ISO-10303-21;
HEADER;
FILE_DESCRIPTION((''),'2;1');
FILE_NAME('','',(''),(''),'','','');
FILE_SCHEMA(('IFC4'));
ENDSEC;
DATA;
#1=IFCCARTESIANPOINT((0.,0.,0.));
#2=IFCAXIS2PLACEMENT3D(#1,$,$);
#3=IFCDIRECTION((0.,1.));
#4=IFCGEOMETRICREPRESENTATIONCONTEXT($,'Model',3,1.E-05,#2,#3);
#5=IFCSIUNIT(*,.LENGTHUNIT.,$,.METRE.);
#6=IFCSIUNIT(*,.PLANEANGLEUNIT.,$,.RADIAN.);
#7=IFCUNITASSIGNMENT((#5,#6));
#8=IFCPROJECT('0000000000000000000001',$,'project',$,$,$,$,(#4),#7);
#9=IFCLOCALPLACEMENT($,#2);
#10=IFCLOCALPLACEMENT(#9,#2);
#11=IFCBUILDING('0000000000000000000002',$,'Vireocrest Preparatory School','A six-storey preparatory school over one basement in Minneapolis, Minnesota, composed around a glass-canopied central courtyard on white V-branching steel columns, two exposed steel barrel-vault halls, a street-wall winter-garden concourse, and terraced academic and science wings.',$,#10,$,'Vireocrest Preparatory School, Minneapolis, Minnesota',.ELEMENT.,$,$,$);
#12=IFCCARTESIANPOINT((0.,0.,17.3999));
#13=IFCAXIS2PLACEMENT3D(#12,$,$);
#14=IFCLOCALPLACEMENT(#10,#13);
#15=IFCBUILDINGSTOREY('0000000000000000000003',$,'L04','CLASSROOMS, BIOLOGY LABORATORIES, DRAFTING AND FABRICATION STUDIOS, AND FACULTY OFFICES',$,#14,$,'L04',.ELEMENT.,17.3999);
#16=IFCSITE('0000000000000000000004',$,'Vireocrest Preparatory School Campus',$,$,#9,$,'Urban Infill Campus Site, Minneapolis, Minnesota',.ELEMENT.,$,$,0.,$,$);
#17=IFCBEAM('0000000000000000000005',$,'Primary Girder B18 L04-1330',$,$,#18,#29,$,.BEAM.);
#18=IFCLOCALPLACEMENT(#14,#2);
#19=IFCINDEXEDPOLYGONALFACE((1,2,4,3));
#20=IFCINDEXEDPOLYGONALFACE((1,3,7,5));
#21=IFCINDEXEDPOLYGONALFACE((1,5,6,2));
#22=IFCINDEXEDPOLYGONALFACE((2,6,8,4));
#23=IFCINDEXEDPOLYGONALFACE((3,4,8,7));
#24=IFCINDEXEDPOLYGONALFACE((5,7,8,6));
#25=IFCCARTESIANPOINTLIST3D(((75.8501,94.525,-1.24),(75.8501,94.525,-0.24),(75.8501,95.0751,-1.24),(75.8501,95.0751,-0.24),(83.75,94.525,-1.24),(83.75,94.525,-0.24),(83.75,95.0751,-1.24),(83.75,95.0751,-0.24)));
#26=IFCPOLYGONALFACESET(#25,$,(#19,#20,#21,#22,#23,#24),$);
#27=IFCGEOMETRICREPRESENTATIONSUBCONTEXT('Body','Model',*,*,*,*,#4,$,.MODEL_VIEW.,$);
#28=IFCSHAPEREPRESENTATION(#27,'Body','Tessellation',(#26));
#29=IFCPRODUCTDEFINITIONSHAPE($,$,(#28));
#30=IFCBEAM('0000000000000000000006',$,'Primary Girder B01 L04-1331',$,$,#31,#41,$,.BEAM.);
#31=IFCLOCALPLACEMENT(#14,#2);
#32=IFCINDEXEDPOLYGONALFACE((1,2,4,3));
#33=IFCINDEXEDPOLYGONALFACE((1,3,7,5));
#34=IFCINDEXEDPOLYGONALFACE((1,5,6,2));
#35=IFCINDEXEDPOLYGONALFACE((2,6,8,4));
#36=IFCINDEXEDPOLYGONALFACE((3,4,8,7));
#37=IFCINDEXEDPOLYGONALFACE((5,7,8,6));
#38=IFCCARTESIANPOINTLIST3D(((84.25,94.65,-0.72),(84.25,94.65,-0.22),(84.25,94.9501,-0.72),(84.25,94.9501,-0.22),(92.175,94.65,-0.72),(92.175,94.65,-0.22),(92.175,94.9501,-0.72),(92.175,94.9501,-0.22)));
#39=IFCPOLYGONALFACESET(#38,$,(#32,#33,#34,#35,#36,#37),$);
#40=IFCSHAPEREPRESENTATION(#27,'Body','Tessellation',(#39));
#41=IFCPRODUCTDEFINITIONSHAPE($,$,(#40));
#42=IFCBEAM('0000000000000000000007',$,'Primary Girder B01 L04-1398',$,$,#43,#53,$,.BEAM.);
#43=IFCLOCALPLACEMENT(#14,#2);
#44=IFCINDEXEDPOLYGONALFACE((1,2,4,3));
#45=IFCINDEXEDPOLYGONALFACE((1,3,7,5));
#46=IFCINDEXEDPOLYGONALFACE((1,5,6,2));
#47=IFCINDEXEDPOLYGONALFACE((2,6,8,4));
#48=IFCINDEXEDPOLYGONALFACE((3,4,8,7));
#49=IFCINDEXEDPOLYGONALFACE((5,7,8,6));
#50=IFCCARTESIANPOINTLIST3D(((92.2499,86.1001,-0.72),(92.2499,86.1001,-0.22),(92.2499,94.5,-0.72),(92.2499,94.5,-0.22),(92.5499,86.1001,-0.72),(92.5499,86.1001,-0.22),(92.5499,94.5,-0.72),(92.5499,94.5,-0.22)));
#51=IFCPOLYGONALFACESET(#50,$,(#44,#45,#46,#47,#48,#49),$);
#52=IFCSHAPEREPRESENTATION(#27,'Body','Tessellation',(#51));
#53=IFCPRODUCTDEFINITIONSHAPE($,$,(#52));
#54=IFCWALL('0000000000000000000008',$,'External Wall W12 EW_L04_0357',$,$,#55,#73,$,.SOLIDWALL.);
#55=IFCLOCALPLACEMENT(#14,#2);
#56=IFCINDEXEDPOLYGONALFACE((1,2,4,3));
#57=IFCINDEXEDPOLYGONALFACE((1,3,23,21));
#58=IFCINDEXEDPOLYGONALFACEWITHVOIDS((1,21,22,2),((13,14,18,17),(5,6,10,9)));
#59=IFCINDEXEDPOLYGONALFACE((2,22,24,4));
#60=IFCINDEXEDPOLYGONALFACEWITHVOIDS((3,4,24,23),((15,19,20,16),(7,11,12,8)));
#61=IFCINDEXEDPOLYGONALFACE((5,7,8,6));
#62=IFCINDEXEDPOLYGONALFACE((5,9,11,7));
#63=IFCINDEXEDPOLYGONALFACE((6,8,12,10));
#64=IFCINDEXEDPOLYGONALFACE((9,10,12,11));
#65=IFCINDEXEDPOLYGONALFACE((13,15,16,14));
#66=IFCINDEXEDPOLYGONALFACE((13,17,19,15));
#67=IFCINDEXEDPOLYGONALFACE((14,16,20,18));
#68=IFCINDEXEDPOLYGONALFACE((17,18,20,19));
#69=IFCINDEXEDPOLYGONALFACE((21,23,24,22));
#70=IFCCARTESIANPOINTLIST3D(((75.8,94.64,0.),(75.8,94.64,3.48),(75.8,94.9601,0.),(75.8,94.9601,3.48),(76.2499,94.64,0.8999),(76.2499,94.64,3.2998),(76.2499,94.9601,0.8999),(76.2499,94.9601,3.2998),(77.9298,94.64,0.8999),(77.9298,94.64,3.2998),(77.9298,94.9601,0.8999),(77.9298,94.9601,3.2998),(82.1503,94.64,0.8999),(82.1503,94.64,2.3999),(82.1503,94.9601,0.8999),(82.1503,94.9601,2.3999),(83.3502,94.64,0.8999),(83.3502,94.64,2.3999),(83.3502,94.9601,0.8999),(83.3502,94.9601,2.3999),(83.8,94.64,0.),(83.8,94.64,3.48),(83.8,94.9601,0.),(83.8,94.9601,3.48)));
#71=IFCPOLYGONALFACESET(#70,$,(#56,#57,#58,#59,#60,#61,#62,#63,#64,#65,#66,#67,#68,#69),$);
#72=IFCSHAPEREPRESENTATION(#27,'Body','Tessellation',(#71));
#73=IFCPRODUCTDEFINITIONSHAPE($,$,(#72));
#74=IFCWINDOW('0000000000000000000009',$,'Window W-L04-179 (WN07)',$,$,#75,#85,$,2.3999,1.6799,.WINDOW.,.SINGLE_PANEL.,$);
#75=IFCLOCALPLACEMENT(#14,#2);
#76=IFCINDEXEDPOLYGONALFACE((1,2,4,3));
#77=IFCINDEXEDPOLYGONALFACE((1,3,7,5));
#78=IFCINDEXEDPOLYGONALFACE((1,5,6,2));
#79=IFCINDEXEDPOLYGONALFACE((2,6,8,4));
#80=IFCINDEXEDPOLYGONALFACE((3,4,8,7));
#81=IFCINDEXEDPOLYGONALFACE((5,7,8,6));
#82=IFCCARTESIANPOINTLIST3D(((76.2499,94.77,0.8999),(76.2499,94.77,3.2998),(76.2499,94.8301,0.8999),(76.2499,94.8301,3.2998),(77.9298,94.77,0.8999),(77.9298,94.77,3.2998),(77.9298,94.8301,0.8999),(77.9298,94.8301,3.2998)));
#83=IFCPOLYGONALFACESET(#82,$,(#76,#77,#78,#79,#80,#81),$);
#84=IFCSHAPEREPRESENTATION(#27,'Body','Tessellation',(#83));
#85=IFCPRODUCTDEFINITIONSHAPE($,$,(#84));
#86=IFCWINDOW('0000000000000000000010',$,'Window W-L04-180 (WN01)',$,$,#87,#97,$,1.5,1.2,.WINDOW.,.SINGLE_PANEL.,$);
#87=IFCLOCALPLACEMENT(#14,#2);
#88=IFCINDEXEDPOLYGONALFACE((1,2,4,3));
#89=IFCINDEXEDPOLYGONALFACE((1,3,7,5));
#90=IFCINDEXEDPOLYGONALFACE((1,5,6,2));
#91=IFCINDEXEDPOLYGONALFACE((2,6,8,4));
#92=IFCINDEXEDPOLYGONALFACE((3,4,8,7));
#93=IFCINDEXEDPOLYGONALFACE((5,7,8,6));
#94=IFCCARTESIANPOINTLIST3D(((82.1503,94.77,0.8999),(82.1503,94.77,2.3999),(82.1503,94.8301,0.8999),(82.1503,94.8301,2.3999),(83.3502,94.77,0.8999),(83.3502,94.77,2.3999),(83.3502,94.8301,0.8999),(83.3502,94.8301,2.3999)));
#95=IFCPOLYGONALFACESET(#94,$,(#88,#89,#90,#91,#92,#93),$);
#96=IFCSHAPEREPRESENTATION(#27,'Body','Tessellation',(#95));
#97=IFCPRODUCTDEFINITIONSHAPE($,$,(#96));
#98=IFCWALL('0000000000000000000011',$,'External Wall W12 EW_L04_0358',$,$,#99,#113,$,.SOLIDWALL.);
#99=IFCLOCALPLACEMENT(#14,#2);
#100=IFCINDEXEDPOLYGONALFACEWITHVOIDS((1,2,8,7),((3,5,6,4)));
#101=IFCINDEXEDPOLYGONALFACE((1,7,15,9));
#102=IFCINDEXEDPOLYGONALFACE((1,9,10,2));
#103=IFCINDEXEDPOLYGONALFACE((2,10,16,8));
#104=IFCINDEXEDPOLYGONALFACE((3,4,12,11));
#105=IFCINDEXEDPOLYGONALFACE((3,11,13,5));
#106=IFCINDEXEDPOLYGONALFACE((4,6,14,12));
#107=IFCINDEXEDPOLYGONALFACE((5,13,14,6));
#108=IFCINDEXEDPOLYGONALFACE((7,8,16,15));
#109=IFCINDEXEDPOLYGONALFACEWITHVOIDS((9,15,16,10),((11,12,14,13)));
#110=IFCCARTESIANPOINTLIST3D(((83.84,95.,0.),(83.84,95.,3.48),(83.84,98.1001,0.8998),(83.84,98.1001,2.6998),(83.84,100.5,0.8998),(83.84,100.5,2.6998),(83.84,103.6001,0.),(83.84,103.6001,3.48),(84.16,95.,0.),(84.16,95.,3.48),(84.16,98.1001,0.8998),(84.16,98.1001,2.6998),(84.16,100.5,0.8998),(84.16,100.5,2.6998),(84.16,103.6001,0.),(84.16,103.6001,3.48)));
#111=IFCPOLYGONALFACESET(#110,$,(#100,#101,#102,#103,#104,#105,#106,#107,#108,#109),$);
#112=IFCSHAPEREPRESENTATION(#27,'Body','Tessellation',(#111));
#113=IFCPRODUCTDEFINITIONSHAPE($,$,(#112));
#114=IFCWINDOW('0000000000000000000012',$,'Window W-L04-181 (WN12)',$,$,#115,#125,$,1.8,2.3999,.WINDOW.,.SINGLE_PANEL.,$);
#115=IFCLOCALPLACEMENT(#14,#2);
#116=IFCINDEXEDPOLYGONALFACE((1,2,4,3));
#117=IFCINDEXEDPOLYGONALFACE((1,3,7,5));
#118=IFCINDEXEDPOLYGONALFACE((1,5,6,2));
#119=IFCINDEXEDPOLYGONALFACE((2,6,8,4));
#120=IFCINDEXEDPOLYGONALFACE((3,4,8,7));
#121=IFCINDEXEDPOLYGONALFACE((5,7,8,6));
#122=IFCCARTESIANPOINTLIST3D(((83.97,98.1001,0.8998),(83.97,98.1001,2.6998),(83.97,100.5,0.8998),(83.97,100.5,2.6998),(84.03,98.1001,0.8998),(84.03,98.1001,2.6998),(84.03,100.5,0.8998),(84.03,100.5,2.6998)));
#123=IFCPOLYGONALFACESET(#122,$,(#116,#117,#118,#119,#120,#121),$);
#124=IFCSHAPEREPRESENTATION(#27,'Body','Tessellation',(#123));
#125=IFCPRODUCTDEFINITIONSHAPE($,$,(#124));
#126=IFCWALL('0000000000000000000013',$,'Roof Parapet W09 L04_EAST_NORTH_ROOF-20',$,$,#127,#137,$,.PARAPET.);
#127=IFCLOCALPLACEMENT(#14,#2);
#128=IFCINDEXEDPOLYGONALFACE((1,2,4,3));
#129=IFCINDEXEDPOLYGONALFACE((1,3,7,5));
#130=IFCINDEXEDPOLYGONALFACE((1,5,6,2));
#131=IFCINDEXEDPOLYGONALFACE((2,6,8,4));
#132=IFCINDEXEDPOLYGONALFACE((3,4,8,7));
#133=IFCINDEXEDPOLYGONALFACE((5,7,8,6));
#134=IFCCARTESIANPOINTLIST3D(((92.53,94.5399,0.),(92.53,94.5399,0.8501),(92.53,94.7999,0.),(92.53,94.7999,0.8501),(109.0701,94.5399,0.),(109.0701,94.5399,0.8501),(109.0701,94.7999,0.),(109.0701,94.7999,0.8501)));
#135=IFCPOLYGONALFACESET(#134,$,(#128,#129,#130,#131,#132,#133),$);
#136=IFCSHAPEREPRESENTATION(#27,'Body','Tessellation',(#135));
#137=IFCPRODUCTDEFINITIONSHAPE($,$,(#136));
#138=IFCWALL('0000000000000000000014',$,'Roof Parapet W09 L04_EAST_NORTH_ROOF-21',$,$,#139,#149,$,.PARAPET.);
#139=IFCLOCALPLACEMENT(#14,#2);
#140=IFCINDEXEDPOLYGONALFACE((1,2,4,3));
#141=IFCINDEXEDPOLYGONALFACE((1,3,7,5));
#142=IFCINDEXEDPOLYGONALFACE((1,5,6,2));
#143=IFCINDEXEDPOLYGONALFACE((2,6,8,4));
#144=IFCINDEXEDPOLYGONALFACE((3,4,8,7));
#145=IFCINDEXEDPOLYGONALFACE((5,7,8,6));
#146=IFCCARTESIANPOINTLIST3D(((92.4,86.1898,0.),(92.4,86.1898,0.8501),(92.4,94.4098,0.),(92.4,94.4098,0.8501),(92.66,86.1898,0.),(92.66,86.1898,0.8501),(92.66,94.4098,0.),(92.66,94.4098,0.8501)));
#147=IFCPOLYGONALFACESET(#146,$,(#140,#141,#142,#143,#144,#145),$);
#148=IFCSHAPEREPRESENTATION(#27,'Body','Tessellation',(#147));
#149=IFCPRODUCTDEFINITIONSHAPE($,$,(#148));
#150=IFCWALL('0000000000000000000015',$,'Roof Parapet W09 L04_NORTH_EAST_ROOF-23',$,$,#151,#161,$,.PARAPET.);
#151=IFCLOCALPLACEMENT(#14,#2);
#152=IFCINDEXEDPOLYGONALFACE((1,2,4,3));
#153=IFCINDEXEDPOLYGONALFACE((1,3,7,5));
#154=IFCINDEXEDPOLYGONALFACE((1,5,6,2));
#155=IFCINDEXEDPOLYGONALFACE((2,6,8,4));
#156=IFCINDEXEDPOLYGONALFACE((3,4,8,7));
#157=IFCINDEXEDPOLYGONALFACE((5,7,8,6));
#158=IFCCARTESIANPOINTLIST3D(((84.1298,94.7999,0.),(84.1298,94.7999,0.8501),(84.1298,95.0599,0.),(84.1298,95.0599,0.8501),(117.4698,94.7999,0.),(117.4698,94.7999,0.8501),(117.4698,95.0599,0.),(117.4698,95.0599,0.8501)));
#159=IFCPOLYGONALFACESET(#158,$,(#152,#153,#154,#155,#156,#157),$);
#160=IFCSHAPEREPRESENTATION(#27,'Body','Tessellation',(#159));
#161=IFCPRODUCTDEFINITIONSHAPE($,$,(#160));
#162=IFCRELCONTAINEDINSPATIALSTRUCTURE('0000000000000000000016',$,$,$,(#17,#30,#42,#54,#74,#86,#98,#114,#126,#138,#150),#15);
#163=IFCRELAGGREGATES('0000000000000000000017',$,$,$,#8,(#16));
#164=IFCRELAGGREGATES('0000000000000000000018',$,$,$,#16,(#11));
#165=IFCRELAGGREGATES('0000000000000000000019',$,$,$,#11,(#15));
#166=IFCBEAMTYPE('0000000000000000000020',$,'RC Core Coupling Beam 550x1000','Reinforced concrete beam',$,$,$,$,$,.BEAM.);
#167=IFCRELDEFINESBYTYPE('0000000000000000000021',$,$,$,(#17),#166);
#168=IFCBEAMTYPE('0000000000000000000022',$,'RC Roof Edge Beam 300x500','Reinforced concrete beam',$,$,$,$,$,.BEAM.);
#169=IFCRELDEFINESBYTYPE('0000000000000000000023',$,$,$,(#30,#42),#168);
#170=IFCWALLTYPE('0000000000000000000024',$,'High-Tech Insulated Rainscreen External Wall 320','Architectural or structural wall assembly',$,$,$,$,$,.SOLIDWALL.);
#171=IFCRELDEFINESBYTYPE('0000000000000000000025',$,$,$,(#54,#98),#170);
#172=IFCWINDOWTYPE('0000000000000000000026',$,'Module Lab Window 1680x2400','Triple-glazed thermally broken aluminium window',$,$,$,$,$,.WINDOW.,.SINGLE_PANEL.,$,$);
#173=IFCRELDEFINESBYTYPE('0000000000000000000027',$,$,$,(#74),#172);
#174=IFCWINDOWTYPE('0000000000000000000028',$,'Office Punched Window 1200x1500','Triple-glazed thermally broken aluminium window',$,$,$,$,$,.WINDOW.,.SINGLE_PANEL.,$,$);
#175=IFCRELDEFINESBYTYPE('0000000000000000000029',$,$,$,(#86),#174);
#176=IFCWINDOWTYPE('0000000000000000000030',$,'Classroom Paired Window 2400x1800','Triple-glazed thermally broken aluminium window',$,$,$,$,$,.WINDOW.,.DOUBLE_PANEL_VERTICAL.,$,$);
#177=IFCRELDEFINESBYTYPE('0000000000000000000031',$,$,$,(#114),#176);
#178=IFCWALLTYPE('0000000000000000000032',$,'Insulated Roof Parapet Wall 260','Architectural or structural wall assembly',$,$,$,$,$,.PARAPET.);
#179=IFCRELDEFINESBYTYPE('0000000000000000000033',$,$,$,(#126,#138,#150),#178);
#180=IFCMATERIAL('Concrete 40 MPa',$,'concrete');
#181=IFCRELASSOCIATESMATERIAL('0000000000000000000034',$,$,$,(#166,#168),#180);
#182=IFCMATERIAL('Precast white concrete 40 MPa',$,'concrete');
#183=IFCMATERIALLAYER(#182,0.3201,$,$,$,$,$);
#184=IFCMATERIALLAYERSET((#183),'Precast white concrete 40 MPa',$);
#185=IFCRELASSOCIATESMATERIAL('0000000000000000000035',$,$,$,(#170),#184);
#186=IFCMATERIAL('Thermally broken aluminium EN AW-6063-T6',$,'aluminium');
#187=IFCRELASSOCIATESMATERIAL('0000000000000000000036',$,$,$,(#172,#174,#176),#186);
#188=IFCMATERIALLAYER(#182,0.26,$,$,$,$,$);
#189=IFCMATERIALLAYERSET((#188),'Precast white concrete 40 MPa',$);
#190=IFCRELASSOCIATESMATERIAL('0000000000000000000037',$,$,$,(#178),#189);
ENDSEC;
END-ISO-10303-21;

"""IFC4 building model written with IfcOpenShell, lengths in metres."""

from ifc_helpers import new_model, si_unit, direction, frame, frame_2d, origin, origin_2d, place, context, subcontext, project, spatial, rectangle, extrude, material, layer, layer_set, material_profile, profile_set, type_object, element, fill, save


model = new_model("IFC4")

# Units and contexts
model_context = context("Model", 3, precision=1e-05, world=origin(), true_north=direction((0.0, 1.0)))
body_context = subcontext(model_context, "Body", "Model", "MODEL_VIEW")
ifc_project = project(units=[si_unit("LENGTHUNIT", "METRE"), si_unit("PLANEANGLEUNIT", "RADIAN")], contexts=[model_context])

# Site, building, storey
site_placement = place(None, origin())
site = spatial("IfcSite", under=ifc_project, at=site_placement, Name="Vireocrest Preparatory School Campus", LongName="Urban Infill Campus Site, Minneapolis, Minnesota", CompositionType="ELEMENT", RefElevation=0.0)
building_placement = place(site_placement, origin())
building = spatial("IfcBuilding", under=site, at=building_placement, Name="Vireocrest Preparatory School", Description="A six-storey preparatory school over one basement in Minneapolis, Minnesota, composed around a glass-canopied central courtyard on white V-branching steel columns, two exposed steel barrel-vault halls, a street-wall winter-garden concourse, and terraced academic and science wings.", LongName="Vireocrest Preparatory School, Minneapolis, Minnesota", CompositionType="ELEMENT")
storey_placement = place(building_placement, frame((0.0, 0.0, 17.3999)))
storey = spatial("IfcBuildingStorey", under=building, at=storey_placement, Name="L04", Description="CLASSROOMS, BIOLOGY LABORATORIES, DRAFTING AND FABRICATION STUDIOS, AND FACULTY OFFICES", LongName="L04", CompositionType="ELEMENT", Elevation=17.3999)

# Shared definitions
ifc_material_1 = material(Name="Thermally broken aluminium EN AW-6063-T6", Category="aluminium")

# Beams
ifc_material_2 = material(Name="Concrete 40 MPa", Category="concrete")
ifc_material_profile_1 = material_profile(ifc_material_2, rectangle(XDim=0.55, YDim=1.0, at=origin_2d()), Name="RC 550x1000")
ifc_profile_set_1 = profile_set([ifc_material_profile_1], Name="Concrete 40 MPa")
beam_type_1 = type_object("IfcBeamType", Name="RC Core Coupling Beam 550x1000", Description="Reinforced concrete beam", PredefinedType="BEAM", material=ifc_profile_set_1)
beam_1_placement = place(storey_placement, frame((75.8501, 94.8, -0.74), z_axis=(1.0, 0.0, 0.0), x_axis=(0.0, 1.0, 0.0)))
element("IfcBeam", 1, at=beam_1_placement, inside=storey, type_object=beam_type_1, Name="Primary Girder B18 L04-1330", PredefinedType="BEAM", context=body_context, shape_type="SweptSolid", body=[
    extrude(rectangle(XDim=0.55, YDim=1.0, at=origin_2d()), origin(), (0.0, 0.0, 1.0), 7.8999),
])
ifc_material_profile_2 = material_profile(ifc_material_2, rectangle(XDim=0.3, YDim=0.5, at=origin_2d()), Name="RC 300x500")
ifc_profile_set_2 = profile_set([ifc_material_profile_2], Name="Concrete 40 MPa")
beam_type_2 = type_object("IfcBeamType", Name="RC Roof Edge Beam 300x500", Description="Reinforced concrete beam", PredefinedType="BEAM", material=ifc_profile_set_2)
beam_2_placement = place(storey_placement, frame((84.25, 94.8, -0.47), z_axis=(1.0, 0.0, 0.0), x_axis=(0.0, 1.0, 0.0)))
element("IfcBeam", 2, at=beam_2_placement, inside=storey, type_object=beam_type_2, Name="Primary Girder B01 L04-1331", PredefinedType="BEAM", context=body_context, shape_type="SweptSolid", body=[
    extrude(rectangle(XDim=0.3, YDim=0.5, at=origin_2d()), origin(), (0.0, 0.0, 1.0), 7.925),
])
beam_3_placement = place(storey_placement, frame((92.3999, 86.1001, -0.47), z_axis=(0.0, 1.0, 0.0), x_axis=(-1.0, 0.0, 0.0)))
element("IfcBeam", 3, at=beam_3_placement, inside=storey, type_object=beam_type_2, Name="Primary Girder B01 L04-1398", PredefinedType="BEAM", context=body_context, shape_type="SweptSolid", body=[
    extrude(rectangle(XDim=0.3, YDim=0.5, at=origin_2d()), origin(), (0.0, 0.0, 1.0), 8.3999),
])

# Wall, openings, windows
ifc_material_3 = material(Name="Precast white concrete 40 MPa", Category="concrete")
ifc_layer_1 = layer(ifc_material_3, 0.3201)
ifc_layer_set_1 = layer_set([ifc_layer_1], Name="Precast white concrete 40 MPa")
wall_type_1 = type_object("IfcWallType", Name="High-Tech Insulated Rainscreen External Wall 320", Description="Architectural or structural wall assembly", PredefinedType="SOLIDWALL", material=ifc_layer_set_1)
wall_1_placement = place(storey_placement, frame((75.8, 94.8, 0.0), z_axis=(0.0, 0.0, 1.0), x_axis=(1.0, 0.0, 0.0)))
wall_1 = element("IfcWall", 4, at=wall_1_placement, inside=storey, type_object=wall_type_1, Name="External Wall W12 EW_L04_0357", PredefinedType="SOLIDWALL", context=body_context, shape_type="SweptSolid", body=[
    extrude(rectangle(XDim=8.0, YDim=0.3201, at=frame_2d((4.0, 0.0))), origin(), (0.0, 0.0, 1.0), 3.48),
])
opening_1_placement = place(wall_1_placement, frame((0.45, 0.0, 0.8999)))
opening_1 = element("IfcOpeningElement", 5, at=opening_1_placement, cuts=wall_1, PredefinedType="OPENING", context=body_context, shape_type="SweptSolid", body=[
    extrude(rectangle(XDim=1.6799, YDim=2.3999, at=frame_2d((0.8398, 1.2))), frame((0.0, 0.1699, 0.0), z_axis=(0.0, -1.0, 0.0), x_axis=(1.0, 0.0, 0.0)), (0.0, 0.0, 1.0), 0.3401),
])
opening_2_placement = place(wall_1_placement, frame((6.3501, 0.0, 0.8999)))
opening_2 = element("IfcOpeningElement", 6, at=opening_2_placement, cuts=wall_1, PredefinedType="OPENING", context=body_context, shape_type="SweptSolid", body=[
    extrude(rectangle(XDim=1.2, YDim=1.5, at=frame_2d((0.6001, 0.75))), frame((0.0, 0.1699, 0.0), z_axis=(0.0, -1.0, 0.0), x_axis=(1.0, 0.0, 0.0)), (0.0, 0.0, 1.0), 0.3401),
])
window_type_1 = type_object("IfcWindowType", Name="Module Lab Window 1680x2400", Description="Triple-glazed thermally broken aluminium window", PartitioningType="SINGLE_PANEL", PredefinedType="WINDOW", material=ifc_material_1)
window_1_placement = place(opening_1_placement, origin())
window_1 = element("IfcWindow", 7, at=window_1_placement, inside=storey, type_object=window_type_1, Name="Window W-L04-179 (WN07)", OverallHeight=2.3999, OverallWidth=1.6799, PartitioningType="SINGLE_PANEL", PredefinedType="WINDOW", context=body_context, shape_type="SweptSolid", body=[
    extrude(rectangle(XDim=1.6799, YDim=2.3999, at=frame_2d((0.8398, 1.2))), frame((0.0, 0.03, 0.0), z_axis=(0.0, -1.0, 0.0), x_axis=(1.0, 0.0, 0.0)), (0.0, 0.0, 1.0), 0.0601),
])
fill(opening_1, window_1)
window_type_2 = type_object("IfcWindowType", Name="Office Punched Window 1200x1500", Description="Triple-glazed thermally broken aluminium window", PartitioningType="SINGLE_PANEL", PredefinedType="WINDOW", material=ifc_material_1)
window_2_placement = place(opening_2_placement, origin())
window_2 = element("IfcWindow", 8, at=window_2_placement, inside=storey, type_object=window_type_2, Name="Window W-L04-180 (WN01)", OverallHeight=1.5, OverallWidth=1.2, PartitioningType="SINGLE_PANEL", PredefinedType="WINDOW", context=body_context, shape_type="SweptSolid", body=[
    extrude(rectangle(XDim=1.2, YDim=1.5, at=frame_2d((0.6001, 0.75))), frame((0.0, 0.03, 0.0), z_axis=(0.0, -1.0, 0.0), x_axis=(1.0, 0.0, 0.0)), (0.0, 0.0, 1.0), 0.0601),
])
fill(opening_2, window_2)

# Wall, opening, window
wall_2_placement = place(storey_placement, frame((84.0, 95.0, 0.0), z_axis=(0.0, 0.0, 1.0), x_axis=(0.0, 1.0, 0.0)))
wall_2 = element("IfcWall", 9, at=wall_2_placement, inside=storey, type_object=wall_type_1, Name="External Wall W12 EW_L04_0358", PredefinedType="SOLIDWALL", context=body_context, shape_type="SweptSolid", body=[
    extrude(rectangle(XDim=8.6001, YDim=0.3201, at=frame_2d((4.3, 0.0))), origin(), (0.0, 0.0, 1.0), 3.48),
])
opening_3_placement = place(wall_2_placement, frame((3.1001, 0.0, 0.8999)))
opening_3 = element("IfcOpeningElement", 10, at=opening_3_placement, cuts=wall_2, PredefinedType="OPENING", context=body_context, shape_type="SweptSolid", body=[
    extrude(rectangle(XDim=2.3999, YDim=1.8, at=frame_2d((1.2, 0.8999))), frame((0.0, 0.1699, 0.0), z_axis=(0.0, -1.0, 0.0), x_axis=(1.0, 0.0, 0.0)), (0.0, 0.0, 1.0), 0.3401),
])
window_type_3 = type_object("IfcWindowType", Name="Classroom Paired Window 2400x1800", Description="Triple-glazed thermally broken aluminium window", PartitioningType="DOUBLE_PANEL_VERTICAL", PredefinedType="WINDOW", material=ifc_material_1)
window_3_placement = place(opening_3_placement, origin())
window_3 = element("IfcWindow", 11, at=window_3_placement, inside=storey, type_object=window_type_3, Name="Window W-L04-181 (WN12)", OverallHeight=1.8, OverallWidth=2.3999, PartitioningType="SINGLE_PANEL", PredefinedType="WINDOW", context=body_context, shape_type="SweptSolid", body=[
    extrude(rectangle(XDim=2.3999, YDim=1.8, at=frame_2d((1.2, 0.8999))), frame((0.0, 0.03, 0.0), z_axis=(0.0, -1.0, 0.0), x_axis=(1.0, 0.0, 0.0)), (0.0, 0.0, 1.0), 0.0601),
])
fill(opening_3, window_3)

# Walls
ifc_layer_2 = layer(ifc_material_3, 0.26)
ifc_layer_set_2 = layer_set([ifc_layer_2], Name="Precast white concrete 40 MPa")
wall_type_2 = type_object("IfcWallType", Name="Insulated Roof Parapet Wall 260", Description="Architectural or structural wall assembly", PredefinedType="PARAPET", material=ifc_layer_set_2)
wall_3_placement = place(storey_placement, frame((92.53, 94.6699, 0.0), z_axis=(0.0, 0.0, 1.0), x_axis=(1.0, 0.0, 0.0)))
element("IfcWall", 12, at=wall_3_placement, inside=storey, type_object=wall_type_2, Name="Roof Parapet W09 L04_EAST_NORTH_ROOF-20", PredefinedType="PARAPET", context=body_context, shape_type="SweptSolid", body=[
    extrude(rectangle(XDim=16.54, YDim=0.26, at=frame_2d((8.27, 0.0))), origin(), (0.0, 0.0, 1.0), 0.8501),
])
wall_4_placement = place(storey_placement, frame((92.53, 86.1899, 0.0), z_axis=(0.0, 0.0, 1.0), x_axis=(0.0, 1.0, 0.0)))
element("IfcWall", 13, at=wall_4_placement, inside=storey, type_object=wall_type_2, Name="Roof Parapet W09 L04_EAST_NORTH_ROOF-21", PredefinedType="PARAPET", context=body_context, shape_type="SweptSolid", body=[
    extrude(rectangle(XDim=8.22, YDim=0.26, at=frame_2d((4.1099, 0.0))), origin(), (0.0, 0.0, 1.0), 0.8501),
])
wall_5_placement = place(storey_placement, frame((84.1299, 94.9299, 0.0), z_axis=(0.0, 0.0, 1.0), x_axis=(1.0, 0.0, 0.0)))
element("IfcWall", 14, at=wall_5_placement, inside=storey, type_object=wall_type_2, Name="Roof Parapet W09 L04_NORTH_EAST_ROOF-23", PredefinedType="PARAPET", context=body_context, shape_type="SweptSolid", body=[
    extrude(rectangle(XDim=33.3401, YDim=0.26, at=frame_2d((16.6699, 0.0))), origin(), (0.0, 0.0, 1.0), 0.8501),
])

save(model, "model.ifc")
